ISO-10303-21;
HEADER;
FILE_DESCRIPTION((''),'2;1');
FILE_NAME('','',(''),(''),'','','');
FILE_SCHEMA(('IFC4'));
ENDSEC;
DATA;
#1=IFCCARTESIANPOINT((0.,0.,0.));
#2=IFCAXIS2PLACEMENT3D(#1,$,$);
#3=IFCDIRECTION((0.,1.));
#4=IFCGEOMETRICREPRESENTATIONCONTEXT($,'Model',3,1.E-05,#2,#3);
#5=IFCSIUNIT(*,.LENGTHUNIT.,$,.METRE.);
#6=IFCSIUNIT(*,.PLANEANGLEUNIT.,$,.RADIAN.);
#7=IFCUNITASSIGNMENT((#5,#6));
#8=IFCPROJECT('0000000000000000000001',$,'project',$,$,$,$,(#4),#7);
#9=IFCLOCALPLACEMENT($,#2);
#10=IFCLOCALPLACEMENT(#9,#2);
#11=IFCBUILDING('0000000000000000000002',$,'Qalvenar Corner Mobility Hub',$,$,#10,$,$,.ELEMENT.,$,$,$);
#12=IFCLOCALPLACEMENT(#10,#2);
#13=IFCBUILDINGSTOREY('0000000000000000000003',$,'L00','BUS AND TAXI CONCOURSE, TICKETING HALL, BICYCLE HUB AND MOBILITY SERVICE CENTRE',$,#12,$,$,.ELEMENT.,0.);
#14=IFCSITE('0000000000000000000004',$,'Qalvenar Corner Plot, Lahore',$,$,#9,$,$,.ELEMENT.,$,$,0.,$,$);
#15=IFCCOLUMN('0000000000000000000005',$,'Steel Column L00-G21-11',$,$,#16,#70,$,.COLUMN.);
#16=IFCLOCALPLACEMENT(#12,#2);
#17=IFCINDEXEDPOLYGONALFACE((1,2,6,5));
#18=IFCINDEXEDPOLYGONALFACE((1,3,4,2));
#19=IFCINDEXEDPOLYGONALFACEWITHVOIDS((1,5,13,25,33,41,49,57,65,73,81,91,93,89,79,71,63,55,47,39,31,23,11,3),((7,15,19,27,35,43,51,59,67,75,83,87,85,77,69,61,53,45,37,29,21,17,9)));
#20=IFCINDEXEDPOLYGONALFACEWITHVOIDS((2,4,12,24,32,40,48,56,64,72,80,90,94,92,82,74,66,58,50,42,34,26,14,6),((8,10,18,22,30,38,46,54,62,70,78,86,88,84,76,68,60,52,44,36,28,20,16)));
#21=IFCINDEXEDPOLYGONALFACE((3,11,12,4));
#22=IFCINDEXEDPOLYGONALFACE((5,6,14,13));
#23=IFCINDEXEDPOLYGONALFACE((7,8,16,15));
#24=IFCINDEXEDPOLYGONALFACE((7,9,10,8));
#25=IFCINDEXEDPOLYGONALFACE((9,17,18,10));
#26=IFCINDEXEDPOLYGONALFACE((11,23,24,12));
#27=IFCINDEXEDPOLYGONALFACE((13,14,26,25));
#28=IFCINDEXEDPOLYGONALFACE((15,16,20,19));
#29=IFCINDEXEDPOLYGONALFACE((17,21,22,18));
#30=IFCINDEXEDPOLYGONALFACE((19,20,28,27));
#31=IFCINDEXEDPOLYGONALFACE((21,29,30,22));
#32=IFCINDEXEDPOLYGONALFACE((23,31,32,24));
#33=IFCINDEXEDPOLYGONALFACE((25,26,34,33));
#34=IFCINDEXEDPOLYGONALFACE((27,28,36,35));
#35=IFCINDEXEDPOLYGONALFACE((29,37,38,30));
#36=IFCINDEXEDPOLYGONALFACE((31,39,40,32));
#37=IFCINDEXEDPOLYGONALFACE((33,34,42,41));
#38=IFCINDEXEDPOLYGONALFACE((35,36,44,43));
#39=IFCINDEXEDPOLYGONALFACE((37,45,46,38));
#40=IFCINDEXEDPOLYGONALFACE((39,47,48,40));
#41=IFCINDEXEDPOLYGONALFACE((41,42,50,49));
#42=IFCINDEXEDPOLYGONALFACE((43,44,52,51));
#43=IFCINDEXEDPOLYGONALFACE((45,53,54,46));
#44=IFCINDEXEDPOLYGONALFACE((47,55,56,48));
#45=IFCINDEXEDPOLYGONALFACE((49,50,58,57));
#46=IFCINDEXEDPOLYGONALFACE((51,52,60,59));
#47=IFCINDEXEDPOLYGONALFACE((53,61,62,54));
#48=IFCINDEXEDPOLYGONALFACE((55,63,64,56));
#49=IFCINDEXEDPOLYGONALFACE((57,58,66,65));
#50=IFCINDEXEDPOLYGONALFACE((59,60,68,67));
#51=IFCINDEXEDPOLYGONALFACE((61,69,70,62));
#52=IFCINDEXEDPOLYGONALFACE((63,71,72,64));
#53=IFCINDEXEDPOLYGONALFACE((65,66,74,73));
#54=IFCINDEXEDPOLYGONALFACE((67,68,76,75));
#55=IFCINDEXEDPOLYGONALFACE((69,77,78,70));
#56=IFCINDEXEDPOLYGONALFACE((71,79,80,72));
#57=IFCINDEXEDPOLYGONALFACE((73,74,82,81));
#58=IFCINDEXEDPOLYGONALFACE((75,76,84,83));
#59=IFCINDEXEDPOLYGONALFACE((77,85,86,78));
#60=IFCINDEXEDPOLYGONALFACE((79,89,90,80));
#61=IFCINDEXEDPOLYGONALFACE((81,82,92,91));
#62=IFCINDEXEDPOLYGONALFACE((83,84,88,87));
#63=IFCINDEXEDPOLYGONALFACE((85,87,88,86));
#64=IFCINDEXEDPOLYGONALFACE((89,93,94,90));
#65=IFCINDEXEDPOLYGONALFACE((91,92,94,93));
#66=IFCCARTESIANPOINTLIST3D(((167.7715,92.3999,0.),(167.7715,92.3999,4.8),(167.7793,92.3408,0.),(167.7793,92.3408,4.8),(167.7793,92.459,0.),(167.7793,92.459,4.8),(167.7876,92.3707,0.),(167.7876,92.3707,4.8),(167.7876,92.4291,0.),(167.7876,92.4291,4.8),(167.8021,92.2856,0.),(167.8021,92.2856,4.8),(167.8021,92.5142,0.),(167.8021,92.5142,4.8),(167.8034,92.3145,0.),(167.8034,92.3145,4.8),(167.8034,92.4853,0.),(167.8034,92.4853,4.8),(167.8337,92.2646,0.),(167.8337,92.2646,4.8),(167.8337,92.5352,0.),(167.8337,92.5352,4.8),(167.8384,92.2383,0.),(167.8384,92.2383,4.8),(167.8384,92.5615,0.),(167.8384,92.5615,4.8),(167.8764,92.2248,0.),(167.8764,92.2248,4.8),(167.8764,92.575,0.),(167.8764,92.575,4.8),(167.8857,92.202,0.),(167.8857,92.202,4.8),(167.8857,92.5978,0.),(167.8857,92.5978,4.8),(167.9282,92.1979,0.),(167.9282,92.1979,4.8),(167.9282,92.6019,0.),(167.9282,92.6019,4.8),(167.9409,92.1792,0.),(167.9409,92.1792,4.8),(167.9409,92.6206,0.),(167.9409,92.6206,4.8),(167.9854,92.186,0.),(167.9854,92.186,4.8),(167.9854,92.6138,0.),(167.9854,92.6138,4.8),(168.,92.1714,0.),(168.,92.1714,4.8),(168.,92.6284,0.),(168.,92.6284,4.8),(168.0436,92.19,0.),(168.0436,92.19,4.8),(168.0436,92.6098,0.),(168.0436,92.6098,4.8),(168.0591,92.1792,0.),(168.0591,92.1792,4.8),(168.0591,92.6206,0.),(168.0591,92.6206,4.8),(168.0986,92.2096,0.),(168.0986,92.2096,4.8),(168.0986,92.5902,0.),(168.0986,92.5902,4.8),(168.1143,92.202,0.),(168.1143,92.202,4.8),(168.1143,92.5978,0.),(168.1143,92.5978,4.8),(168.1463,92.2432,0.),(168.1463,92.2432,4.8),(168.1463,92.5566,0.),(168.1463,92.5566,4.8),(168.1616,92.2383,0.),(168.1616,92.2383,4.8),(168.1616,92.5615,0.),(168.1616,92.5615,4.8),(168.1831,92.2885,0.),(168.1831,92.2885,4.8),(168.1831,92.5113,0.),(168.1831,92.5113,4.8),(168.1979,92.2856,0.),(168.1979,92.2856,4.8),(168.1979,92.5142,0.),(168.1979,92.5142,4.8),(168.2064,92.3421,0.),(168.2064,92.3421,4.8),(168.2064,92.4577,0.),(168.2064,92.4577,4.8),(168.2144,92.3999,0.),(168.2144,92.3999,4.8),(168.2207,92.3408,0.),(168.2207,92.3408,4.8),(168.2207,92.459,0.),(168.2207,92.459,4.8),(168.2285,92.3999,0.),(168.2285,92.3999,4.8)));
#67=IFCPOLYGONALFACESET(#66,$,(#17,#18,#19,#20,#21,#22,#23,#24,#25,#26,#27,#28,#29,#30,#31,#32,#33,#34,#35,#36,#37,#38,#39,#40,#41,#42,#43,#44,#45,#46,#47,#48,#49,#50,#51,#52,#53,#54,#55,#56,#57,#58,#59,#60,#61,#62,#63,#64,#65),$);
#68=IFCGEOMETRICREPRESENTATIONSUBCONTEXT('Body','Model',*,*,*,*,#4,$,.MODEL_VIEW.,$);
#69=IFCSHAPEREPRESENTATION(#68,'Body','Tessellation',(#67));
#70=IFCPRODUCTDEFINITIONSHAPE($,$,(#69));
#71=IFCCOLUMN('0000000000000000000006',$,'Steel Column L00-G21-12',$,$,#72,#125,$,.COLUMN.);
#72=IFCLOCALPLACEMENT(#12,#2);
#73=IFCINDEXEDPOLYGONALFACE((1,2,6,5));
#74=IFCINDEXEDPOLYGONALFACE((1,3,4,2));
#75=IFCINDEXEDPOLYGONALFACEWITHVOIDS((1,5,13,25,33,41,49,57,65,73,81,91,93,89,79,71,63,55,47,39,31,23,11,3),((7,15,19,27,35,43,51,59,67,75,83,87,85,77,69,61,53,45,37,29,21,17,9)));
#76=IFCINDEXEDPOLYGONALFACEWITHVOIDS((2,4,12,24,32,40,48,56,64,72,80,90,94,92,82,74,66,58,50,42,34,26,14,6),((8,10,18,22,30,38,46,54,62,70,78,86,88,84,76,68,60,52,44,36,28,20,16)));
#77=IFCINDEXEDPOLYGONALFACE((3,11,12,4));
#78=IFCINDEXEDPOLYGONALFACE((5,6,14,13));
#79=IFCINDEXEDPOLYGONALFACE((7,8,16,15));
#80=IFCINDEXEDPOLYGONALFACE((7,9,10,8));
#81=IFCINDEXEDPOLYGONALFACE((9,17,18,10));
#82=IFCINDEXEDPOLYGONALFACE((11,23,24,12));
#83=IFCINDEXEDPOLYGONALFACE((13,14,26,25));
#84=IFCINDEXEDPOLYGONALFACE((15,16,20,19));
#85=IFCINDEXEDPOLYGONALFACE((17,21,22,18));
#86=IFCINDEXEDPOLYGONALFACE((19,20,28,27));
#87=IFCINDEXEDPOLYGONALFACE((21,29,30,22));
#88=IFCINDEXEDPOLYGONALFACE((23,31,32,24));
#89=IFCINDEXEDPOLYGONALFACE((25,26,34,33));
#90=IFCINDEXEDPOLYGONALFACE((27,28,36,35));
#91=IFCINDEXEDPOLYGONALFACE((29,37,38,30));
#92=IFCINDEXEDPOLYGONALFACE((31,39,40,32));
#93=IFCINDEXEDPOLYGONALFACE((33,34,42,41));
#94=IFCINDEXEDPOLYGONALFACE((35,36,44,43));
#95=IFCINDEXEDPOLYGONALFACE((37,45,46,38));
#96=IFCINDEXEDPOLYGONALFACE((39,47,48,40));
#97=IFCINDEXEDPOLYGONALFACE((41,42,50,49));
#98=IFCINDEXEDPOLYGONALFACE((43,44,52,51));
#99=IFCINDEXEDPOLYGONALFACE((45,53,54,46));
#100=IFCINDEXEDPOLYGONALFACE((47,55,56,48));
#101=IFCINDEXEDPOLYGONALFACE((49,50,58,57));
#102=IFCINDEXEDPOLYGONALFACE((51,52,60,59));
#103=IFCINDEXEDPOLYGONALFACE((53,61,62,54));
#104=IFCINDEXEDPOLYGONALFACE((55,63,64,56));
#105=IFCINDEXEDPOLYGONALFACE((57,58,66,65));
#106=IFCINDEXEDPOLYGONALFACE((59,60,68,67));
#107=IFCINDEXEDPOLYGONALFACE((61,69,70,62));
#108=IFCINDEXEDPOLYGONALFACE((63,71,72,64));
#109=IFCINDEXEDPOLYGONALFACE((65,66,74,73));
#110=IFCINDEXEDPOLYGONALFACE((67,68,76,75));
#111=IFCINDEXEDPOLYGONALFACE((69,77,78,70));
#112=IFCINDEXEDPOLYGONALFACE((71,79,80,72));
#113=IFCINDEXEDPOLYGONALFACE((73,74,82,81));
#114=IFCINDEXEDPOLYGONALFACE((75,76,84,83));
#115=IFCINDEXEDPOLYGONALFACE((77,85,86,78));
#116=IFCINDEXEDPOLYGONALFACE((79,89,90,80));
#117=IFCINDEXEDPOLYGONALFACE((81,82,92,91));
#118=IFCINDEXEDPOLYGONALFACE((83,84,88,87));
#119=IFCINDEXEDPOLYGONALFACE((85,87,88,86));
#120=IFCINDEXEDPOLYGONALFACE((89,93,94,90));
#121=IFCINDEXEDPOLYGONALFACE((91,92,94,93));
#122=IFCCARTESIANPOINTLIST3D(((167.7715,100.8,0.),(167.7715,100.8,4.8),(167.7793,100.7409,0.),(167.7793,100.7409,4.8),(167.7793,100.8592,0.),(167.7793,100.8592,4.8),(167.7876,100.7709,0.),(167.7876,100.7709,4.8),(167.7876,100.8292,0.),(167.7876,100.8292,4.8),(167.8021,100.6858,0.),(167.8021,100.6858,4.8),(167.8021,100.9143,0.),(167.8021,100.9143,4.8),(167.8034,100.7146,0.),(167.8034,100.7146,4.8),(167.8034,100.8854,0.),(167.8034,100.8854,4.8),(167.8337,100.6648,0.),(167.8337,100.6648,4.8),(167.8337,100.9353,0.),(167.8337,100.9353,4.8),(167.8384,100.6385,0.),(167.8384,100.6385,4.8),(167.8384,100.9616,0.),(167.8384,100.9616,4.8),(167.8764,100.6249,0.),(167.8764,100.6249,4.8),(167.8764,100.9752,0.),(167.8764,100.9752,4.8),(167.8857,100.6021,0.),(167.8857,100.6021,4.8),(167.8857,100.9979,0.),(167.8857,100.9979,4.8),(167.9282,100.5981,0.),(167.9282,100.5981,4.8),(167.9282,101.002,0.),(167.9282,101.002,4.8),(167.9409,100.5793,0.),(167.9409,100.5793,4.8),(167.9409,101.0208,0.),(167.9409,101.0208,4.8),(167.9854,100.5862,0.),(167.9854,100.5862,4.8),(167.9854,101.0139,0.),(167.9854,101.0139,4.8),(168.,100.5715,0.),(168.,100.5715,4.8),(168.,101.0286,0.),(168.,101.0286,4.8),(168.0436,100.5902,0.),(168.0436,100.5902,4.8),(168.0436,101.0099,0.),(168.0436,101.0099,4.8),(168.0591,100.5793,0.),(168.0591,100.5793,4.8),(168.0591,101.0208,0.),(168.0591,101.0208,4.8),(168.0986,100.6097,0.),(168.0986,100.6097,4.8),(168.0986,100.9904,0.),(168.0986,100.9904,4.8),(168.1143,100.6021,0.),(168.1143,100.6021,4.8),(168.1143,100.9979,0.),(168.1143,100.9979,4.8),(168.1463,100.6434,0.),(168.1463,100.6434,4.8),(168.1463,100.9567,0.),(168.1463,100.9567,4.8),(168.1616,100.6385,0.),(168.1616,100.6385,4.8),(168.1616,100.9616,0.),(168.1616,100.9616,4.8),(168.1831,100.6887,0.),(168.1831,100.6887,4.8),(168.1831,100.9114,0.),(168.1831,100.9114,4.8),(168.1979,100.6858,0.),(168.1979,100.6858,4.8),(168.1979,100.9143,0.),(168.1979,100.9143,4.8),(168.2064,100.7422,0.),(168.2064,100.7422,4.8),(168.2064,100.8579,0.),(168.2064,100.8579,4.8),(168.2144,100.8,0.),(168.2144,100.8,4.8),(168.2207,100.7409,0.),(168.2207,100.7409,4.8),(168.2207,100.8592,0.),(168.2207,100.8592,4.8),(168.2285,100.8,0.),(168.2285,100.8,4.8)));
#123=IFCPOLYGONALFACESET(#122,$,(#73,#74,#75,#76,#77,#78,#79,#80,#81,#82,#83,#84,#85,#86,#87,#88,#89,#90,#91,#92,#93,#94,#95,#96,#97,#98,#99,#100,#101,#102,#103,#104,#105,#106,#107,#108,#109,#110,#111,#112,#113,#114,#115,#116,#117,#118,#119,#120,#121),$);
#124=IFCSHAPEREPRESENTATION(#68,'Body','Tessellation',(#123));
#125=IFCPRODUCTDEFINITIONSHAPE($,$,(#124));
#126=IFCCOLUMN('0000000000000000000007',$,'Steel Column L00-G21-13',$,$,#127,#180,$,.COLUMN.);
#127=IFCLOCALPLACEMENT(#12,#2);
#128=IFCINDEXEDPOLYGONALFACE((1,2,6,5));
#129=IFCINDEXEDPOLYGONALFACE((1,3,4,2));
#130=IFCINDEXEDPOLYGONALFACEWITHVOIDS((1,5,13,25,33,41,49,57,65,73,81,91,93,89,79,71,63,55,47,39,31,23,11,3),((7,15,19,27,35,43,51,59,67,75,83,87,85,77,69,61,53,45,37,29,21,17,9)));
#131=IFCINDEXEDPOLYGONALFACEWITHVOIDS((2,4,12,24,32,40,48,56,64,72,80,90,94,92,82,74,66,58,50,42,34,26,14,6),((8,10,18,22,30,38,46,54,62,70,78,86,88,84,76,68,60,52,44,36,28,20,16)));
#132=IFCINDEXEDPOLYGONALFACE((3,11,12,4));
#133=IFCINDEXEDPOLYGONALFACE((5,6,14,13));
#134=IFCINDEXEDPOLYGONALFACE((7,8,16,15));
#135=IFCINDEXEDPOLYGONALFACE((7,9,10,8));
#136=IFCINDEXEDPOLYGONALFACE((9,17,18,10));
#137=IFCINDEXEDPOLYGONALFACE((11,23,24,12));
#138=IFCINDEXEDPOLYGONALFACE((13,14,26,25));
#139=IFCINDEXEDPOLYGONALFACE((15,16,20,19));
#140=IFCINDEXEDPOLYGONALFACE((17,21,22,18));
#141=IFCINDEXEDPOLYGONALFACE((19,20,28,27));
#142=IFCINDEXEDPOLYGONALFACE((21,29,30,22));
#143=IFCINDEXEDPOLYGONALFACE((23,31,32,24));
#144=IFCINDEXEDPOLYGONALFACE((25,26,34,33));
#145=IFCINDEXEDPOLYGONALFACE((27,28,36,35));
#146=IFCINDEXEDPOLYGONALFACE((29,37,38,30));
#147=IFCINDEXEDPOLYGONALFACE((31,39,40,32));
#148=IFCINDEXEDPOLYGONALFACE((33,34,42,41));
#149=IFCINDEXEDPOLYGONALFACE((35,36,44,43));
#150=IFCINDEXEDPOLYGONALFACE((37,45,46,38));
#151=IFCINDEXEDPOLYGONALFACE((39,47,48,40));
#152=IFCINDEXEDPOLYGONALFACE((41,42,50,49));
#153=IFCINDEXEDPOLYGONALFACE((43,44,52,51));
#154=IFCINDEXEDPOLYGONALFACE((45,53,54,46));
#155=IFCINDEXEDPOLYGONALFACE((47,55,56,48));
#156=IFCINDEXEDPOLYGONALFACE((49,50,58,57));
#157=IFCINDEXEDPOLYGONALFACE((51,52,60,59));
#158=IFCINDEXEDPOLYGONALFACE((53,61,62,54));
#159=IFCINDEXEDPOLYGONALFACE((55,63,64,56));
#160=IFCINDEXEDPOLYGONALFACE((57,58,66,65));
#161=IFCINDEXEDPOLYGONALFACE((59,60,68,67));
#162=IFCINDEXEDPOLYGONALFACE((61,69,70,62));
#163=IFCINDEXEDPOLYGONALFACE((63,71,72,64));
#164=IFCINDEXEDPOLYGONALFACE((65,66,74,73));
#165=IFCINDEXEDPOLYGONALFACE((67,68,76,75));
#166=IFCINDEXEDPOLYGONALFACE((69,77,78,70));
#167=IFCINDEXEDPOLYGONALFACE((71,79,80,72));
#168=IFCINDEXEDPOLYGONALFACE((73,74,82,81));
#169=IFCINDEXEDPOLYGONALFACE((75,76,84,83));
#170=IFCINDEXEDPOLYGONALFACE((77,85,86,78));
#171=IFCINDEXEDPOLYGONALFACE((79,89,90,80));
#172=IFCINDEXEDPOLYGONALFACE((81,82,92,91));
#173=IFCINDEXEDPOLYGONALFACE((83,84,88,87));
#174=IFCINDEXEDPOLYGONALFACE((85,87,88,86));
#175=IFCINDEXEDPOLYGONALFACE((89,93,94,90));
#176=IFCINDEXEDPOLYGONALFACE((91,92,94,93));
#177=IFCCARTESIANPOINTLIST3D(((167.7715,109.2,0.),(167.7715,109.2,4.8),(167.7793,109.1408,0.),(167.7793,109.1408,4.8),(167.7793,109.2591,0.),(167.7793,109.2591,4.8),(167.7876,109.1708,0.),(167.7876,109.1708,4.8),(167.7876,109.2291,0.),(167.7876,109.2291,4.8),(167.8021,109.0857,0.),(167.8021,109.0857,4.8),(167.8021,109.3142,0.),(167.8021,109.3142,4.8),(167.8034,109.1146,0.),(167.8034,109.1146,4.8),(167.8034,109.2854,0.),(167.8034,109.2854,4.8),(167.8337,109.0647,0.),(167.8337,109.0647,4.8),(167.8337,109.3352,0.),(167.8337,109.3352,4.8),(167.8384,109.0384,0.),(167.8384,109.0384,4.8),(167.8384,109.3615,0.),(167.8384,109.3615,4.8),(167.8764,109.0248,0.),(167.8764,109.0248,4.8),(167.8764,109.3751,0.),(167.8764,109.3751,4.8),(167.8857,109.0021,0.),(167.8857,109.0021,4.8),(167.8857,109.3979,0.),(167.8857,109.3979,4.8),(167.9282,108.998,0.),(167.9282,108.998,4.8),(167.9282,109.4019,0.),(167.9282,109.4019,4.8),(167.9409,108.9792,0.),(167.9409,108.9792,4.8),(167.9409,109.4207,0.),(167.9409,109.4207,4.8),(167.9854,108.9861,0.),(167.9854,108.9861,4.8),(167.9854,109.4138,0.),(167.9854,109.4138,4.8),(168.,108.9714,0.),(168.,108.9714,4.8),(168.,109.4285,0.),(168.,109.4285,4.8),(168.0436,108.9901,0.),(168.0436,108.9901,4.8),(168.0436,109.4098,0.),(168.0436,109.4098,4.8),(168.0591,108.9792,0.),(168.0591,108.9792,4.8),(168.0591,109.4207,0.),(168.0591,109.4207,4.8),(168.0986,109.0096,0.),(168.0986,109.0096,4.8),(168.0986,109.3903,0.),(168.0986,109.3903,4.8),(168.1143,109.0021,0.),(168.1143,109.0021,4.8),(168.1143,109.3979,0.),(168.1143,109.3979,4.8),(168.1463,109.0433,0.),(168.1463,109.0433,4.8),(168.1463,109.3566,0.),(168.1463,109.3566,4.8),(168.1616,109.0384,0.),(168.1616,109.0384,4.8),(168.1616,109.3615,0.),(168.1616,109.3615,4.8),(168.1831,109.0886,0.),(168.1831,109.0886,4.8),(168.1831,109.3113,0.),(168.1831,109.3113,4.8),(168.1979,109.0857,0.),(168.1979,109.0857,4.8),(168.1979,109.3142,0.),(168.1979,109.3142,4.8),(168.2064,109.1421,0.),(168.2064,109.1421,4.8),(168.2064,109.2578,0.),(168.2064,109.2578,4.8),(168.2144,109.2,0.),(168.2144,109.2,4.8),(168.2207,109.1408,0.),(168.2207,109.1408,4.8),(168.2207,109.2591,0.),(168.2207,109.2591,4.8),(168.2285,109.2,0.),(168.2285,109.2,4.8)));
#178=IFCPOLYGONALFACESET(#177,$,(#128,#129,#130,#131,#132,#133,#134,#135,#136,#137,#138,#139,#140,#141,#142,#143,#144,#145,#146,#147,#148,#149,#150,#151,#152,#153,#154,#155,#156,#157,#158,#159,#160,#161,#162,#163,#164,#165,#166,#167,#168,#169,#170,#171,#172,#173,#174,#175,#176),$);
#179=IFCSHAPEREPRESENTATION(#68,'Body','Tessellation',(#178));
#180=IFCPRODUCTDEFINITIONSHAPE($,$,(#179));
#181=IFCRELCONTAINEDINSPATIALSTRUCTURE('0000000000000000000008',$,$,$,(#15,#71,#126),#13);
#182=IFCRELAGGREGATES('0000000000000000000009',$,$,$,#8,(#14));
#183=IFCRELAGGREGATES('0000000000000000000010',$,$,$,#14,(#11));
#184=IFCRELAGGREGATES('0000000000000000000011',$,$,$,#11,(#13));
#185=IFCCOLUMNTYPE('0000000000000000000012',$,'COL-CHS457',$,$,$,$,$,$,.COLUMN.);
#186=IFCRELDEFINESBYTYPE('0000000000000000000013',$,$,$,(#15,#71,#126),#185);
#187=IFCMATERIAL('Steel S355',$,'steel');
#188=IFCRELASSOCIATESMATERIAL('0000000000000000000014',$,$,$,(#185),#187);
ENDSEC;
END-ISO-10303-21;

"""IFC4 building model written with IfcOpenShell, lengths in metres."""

from ifc_helpers import new_model, si_unit, direction, frame, origin, origin_2d, place, context, subcontext, project, spatial, hollow_circle, extrude, material, material_profile, profile_set, type_object, element, save


model = new_model("IFC4")

# Units and contexts
model_context = context("Model", 3, precision=1e-05, world=origin(), true_north=direction((0.0, 1.0)))
body_context = subcontext(model_context, "Body", "Model", "MODEL_VIEW")
ifc_project = project(units=[si_unit("LENGTHUNIT", "METRE"), si_unit("PLANEANGLEUNIT", "RADIAN")], contexts=[model_context])

# Site, building, storey
site_placement = place(None, origin())
site = spatial("IfcSite", under=ifc_project, at=site_placement, Name="Qalvenar Corner Plot, Lahore", CompositionType="ELEMENT", RefElevation=0.0)
building_placement = place(site_placement, origin())
building = spatial("IfcBuilding", under=site, at=building_placement, Name="Qalvenar Corner Mobility Hub", CompositionType="ELEMENT")
storey_placement = place(building_placement, origin())
storey = spatial("IfcBuildingStorey", under=building, at=storey_placement, Name="L00", Description="BUS AND TAXI CONCOURSE, TICKETING HALL, BICYCLE HUB AND MOBILITY SERVICE CENTRE", CompositionType="ELEMENT", Elevation=0.0)

# Columns
ifc_material_1 = material(Name="Steel S355", Category="steel")
ifc_material_profile_1 = material_profile(ifc_material_1, hollow_circle(Radius=0.2285, WallThickness=0.0142, at=origin_2d()), Name="CHS457x14.2")
ifc_profile_set_1 = profile_set([ifc_material_profile_1], Name="Steel S355")
column_type = type_object("IfcColumnType", Name="COL-CHS457", PredefinedType="COLUMN", material=ifc_profile_set_1)
for number, where, z_axis, x_axis, name in (
    (1, (168.0, 92.3999, 0.0), (0.0, 0.0, 1.0), (1.0, 0.0, 0.0), "Steel Column L00-G21-11"),
    (2, (168.0, 100.8, 0.0), (0.0, 0.0, 1.0), (1.0, 0.0, 0.0), "Steel Column L00-G21-12"),
    (3, (168.0, 109.2, 0.0), (0.0, 0.0, 1.0), (1.0, 0.0, 0.0), "Steel Column L00-G21-13"),
):
    element("IfcColumn", number, at=place(storey_placement, frame(where, z_axis=z_axis, x_axis=x_axis)), inside=storey, type_object=column_type, Name=name, PredefinedType="COLUMN", context=body_context, shape_type="SweptSolid", body=[
        extrude(hollow_circle(Radius=0.2285, WallThickness=0.0142, at=origin_2d()), origin(), (0.0, 0.0, 1.0), 4.8),
    ])

save(model, "model.ifc")
